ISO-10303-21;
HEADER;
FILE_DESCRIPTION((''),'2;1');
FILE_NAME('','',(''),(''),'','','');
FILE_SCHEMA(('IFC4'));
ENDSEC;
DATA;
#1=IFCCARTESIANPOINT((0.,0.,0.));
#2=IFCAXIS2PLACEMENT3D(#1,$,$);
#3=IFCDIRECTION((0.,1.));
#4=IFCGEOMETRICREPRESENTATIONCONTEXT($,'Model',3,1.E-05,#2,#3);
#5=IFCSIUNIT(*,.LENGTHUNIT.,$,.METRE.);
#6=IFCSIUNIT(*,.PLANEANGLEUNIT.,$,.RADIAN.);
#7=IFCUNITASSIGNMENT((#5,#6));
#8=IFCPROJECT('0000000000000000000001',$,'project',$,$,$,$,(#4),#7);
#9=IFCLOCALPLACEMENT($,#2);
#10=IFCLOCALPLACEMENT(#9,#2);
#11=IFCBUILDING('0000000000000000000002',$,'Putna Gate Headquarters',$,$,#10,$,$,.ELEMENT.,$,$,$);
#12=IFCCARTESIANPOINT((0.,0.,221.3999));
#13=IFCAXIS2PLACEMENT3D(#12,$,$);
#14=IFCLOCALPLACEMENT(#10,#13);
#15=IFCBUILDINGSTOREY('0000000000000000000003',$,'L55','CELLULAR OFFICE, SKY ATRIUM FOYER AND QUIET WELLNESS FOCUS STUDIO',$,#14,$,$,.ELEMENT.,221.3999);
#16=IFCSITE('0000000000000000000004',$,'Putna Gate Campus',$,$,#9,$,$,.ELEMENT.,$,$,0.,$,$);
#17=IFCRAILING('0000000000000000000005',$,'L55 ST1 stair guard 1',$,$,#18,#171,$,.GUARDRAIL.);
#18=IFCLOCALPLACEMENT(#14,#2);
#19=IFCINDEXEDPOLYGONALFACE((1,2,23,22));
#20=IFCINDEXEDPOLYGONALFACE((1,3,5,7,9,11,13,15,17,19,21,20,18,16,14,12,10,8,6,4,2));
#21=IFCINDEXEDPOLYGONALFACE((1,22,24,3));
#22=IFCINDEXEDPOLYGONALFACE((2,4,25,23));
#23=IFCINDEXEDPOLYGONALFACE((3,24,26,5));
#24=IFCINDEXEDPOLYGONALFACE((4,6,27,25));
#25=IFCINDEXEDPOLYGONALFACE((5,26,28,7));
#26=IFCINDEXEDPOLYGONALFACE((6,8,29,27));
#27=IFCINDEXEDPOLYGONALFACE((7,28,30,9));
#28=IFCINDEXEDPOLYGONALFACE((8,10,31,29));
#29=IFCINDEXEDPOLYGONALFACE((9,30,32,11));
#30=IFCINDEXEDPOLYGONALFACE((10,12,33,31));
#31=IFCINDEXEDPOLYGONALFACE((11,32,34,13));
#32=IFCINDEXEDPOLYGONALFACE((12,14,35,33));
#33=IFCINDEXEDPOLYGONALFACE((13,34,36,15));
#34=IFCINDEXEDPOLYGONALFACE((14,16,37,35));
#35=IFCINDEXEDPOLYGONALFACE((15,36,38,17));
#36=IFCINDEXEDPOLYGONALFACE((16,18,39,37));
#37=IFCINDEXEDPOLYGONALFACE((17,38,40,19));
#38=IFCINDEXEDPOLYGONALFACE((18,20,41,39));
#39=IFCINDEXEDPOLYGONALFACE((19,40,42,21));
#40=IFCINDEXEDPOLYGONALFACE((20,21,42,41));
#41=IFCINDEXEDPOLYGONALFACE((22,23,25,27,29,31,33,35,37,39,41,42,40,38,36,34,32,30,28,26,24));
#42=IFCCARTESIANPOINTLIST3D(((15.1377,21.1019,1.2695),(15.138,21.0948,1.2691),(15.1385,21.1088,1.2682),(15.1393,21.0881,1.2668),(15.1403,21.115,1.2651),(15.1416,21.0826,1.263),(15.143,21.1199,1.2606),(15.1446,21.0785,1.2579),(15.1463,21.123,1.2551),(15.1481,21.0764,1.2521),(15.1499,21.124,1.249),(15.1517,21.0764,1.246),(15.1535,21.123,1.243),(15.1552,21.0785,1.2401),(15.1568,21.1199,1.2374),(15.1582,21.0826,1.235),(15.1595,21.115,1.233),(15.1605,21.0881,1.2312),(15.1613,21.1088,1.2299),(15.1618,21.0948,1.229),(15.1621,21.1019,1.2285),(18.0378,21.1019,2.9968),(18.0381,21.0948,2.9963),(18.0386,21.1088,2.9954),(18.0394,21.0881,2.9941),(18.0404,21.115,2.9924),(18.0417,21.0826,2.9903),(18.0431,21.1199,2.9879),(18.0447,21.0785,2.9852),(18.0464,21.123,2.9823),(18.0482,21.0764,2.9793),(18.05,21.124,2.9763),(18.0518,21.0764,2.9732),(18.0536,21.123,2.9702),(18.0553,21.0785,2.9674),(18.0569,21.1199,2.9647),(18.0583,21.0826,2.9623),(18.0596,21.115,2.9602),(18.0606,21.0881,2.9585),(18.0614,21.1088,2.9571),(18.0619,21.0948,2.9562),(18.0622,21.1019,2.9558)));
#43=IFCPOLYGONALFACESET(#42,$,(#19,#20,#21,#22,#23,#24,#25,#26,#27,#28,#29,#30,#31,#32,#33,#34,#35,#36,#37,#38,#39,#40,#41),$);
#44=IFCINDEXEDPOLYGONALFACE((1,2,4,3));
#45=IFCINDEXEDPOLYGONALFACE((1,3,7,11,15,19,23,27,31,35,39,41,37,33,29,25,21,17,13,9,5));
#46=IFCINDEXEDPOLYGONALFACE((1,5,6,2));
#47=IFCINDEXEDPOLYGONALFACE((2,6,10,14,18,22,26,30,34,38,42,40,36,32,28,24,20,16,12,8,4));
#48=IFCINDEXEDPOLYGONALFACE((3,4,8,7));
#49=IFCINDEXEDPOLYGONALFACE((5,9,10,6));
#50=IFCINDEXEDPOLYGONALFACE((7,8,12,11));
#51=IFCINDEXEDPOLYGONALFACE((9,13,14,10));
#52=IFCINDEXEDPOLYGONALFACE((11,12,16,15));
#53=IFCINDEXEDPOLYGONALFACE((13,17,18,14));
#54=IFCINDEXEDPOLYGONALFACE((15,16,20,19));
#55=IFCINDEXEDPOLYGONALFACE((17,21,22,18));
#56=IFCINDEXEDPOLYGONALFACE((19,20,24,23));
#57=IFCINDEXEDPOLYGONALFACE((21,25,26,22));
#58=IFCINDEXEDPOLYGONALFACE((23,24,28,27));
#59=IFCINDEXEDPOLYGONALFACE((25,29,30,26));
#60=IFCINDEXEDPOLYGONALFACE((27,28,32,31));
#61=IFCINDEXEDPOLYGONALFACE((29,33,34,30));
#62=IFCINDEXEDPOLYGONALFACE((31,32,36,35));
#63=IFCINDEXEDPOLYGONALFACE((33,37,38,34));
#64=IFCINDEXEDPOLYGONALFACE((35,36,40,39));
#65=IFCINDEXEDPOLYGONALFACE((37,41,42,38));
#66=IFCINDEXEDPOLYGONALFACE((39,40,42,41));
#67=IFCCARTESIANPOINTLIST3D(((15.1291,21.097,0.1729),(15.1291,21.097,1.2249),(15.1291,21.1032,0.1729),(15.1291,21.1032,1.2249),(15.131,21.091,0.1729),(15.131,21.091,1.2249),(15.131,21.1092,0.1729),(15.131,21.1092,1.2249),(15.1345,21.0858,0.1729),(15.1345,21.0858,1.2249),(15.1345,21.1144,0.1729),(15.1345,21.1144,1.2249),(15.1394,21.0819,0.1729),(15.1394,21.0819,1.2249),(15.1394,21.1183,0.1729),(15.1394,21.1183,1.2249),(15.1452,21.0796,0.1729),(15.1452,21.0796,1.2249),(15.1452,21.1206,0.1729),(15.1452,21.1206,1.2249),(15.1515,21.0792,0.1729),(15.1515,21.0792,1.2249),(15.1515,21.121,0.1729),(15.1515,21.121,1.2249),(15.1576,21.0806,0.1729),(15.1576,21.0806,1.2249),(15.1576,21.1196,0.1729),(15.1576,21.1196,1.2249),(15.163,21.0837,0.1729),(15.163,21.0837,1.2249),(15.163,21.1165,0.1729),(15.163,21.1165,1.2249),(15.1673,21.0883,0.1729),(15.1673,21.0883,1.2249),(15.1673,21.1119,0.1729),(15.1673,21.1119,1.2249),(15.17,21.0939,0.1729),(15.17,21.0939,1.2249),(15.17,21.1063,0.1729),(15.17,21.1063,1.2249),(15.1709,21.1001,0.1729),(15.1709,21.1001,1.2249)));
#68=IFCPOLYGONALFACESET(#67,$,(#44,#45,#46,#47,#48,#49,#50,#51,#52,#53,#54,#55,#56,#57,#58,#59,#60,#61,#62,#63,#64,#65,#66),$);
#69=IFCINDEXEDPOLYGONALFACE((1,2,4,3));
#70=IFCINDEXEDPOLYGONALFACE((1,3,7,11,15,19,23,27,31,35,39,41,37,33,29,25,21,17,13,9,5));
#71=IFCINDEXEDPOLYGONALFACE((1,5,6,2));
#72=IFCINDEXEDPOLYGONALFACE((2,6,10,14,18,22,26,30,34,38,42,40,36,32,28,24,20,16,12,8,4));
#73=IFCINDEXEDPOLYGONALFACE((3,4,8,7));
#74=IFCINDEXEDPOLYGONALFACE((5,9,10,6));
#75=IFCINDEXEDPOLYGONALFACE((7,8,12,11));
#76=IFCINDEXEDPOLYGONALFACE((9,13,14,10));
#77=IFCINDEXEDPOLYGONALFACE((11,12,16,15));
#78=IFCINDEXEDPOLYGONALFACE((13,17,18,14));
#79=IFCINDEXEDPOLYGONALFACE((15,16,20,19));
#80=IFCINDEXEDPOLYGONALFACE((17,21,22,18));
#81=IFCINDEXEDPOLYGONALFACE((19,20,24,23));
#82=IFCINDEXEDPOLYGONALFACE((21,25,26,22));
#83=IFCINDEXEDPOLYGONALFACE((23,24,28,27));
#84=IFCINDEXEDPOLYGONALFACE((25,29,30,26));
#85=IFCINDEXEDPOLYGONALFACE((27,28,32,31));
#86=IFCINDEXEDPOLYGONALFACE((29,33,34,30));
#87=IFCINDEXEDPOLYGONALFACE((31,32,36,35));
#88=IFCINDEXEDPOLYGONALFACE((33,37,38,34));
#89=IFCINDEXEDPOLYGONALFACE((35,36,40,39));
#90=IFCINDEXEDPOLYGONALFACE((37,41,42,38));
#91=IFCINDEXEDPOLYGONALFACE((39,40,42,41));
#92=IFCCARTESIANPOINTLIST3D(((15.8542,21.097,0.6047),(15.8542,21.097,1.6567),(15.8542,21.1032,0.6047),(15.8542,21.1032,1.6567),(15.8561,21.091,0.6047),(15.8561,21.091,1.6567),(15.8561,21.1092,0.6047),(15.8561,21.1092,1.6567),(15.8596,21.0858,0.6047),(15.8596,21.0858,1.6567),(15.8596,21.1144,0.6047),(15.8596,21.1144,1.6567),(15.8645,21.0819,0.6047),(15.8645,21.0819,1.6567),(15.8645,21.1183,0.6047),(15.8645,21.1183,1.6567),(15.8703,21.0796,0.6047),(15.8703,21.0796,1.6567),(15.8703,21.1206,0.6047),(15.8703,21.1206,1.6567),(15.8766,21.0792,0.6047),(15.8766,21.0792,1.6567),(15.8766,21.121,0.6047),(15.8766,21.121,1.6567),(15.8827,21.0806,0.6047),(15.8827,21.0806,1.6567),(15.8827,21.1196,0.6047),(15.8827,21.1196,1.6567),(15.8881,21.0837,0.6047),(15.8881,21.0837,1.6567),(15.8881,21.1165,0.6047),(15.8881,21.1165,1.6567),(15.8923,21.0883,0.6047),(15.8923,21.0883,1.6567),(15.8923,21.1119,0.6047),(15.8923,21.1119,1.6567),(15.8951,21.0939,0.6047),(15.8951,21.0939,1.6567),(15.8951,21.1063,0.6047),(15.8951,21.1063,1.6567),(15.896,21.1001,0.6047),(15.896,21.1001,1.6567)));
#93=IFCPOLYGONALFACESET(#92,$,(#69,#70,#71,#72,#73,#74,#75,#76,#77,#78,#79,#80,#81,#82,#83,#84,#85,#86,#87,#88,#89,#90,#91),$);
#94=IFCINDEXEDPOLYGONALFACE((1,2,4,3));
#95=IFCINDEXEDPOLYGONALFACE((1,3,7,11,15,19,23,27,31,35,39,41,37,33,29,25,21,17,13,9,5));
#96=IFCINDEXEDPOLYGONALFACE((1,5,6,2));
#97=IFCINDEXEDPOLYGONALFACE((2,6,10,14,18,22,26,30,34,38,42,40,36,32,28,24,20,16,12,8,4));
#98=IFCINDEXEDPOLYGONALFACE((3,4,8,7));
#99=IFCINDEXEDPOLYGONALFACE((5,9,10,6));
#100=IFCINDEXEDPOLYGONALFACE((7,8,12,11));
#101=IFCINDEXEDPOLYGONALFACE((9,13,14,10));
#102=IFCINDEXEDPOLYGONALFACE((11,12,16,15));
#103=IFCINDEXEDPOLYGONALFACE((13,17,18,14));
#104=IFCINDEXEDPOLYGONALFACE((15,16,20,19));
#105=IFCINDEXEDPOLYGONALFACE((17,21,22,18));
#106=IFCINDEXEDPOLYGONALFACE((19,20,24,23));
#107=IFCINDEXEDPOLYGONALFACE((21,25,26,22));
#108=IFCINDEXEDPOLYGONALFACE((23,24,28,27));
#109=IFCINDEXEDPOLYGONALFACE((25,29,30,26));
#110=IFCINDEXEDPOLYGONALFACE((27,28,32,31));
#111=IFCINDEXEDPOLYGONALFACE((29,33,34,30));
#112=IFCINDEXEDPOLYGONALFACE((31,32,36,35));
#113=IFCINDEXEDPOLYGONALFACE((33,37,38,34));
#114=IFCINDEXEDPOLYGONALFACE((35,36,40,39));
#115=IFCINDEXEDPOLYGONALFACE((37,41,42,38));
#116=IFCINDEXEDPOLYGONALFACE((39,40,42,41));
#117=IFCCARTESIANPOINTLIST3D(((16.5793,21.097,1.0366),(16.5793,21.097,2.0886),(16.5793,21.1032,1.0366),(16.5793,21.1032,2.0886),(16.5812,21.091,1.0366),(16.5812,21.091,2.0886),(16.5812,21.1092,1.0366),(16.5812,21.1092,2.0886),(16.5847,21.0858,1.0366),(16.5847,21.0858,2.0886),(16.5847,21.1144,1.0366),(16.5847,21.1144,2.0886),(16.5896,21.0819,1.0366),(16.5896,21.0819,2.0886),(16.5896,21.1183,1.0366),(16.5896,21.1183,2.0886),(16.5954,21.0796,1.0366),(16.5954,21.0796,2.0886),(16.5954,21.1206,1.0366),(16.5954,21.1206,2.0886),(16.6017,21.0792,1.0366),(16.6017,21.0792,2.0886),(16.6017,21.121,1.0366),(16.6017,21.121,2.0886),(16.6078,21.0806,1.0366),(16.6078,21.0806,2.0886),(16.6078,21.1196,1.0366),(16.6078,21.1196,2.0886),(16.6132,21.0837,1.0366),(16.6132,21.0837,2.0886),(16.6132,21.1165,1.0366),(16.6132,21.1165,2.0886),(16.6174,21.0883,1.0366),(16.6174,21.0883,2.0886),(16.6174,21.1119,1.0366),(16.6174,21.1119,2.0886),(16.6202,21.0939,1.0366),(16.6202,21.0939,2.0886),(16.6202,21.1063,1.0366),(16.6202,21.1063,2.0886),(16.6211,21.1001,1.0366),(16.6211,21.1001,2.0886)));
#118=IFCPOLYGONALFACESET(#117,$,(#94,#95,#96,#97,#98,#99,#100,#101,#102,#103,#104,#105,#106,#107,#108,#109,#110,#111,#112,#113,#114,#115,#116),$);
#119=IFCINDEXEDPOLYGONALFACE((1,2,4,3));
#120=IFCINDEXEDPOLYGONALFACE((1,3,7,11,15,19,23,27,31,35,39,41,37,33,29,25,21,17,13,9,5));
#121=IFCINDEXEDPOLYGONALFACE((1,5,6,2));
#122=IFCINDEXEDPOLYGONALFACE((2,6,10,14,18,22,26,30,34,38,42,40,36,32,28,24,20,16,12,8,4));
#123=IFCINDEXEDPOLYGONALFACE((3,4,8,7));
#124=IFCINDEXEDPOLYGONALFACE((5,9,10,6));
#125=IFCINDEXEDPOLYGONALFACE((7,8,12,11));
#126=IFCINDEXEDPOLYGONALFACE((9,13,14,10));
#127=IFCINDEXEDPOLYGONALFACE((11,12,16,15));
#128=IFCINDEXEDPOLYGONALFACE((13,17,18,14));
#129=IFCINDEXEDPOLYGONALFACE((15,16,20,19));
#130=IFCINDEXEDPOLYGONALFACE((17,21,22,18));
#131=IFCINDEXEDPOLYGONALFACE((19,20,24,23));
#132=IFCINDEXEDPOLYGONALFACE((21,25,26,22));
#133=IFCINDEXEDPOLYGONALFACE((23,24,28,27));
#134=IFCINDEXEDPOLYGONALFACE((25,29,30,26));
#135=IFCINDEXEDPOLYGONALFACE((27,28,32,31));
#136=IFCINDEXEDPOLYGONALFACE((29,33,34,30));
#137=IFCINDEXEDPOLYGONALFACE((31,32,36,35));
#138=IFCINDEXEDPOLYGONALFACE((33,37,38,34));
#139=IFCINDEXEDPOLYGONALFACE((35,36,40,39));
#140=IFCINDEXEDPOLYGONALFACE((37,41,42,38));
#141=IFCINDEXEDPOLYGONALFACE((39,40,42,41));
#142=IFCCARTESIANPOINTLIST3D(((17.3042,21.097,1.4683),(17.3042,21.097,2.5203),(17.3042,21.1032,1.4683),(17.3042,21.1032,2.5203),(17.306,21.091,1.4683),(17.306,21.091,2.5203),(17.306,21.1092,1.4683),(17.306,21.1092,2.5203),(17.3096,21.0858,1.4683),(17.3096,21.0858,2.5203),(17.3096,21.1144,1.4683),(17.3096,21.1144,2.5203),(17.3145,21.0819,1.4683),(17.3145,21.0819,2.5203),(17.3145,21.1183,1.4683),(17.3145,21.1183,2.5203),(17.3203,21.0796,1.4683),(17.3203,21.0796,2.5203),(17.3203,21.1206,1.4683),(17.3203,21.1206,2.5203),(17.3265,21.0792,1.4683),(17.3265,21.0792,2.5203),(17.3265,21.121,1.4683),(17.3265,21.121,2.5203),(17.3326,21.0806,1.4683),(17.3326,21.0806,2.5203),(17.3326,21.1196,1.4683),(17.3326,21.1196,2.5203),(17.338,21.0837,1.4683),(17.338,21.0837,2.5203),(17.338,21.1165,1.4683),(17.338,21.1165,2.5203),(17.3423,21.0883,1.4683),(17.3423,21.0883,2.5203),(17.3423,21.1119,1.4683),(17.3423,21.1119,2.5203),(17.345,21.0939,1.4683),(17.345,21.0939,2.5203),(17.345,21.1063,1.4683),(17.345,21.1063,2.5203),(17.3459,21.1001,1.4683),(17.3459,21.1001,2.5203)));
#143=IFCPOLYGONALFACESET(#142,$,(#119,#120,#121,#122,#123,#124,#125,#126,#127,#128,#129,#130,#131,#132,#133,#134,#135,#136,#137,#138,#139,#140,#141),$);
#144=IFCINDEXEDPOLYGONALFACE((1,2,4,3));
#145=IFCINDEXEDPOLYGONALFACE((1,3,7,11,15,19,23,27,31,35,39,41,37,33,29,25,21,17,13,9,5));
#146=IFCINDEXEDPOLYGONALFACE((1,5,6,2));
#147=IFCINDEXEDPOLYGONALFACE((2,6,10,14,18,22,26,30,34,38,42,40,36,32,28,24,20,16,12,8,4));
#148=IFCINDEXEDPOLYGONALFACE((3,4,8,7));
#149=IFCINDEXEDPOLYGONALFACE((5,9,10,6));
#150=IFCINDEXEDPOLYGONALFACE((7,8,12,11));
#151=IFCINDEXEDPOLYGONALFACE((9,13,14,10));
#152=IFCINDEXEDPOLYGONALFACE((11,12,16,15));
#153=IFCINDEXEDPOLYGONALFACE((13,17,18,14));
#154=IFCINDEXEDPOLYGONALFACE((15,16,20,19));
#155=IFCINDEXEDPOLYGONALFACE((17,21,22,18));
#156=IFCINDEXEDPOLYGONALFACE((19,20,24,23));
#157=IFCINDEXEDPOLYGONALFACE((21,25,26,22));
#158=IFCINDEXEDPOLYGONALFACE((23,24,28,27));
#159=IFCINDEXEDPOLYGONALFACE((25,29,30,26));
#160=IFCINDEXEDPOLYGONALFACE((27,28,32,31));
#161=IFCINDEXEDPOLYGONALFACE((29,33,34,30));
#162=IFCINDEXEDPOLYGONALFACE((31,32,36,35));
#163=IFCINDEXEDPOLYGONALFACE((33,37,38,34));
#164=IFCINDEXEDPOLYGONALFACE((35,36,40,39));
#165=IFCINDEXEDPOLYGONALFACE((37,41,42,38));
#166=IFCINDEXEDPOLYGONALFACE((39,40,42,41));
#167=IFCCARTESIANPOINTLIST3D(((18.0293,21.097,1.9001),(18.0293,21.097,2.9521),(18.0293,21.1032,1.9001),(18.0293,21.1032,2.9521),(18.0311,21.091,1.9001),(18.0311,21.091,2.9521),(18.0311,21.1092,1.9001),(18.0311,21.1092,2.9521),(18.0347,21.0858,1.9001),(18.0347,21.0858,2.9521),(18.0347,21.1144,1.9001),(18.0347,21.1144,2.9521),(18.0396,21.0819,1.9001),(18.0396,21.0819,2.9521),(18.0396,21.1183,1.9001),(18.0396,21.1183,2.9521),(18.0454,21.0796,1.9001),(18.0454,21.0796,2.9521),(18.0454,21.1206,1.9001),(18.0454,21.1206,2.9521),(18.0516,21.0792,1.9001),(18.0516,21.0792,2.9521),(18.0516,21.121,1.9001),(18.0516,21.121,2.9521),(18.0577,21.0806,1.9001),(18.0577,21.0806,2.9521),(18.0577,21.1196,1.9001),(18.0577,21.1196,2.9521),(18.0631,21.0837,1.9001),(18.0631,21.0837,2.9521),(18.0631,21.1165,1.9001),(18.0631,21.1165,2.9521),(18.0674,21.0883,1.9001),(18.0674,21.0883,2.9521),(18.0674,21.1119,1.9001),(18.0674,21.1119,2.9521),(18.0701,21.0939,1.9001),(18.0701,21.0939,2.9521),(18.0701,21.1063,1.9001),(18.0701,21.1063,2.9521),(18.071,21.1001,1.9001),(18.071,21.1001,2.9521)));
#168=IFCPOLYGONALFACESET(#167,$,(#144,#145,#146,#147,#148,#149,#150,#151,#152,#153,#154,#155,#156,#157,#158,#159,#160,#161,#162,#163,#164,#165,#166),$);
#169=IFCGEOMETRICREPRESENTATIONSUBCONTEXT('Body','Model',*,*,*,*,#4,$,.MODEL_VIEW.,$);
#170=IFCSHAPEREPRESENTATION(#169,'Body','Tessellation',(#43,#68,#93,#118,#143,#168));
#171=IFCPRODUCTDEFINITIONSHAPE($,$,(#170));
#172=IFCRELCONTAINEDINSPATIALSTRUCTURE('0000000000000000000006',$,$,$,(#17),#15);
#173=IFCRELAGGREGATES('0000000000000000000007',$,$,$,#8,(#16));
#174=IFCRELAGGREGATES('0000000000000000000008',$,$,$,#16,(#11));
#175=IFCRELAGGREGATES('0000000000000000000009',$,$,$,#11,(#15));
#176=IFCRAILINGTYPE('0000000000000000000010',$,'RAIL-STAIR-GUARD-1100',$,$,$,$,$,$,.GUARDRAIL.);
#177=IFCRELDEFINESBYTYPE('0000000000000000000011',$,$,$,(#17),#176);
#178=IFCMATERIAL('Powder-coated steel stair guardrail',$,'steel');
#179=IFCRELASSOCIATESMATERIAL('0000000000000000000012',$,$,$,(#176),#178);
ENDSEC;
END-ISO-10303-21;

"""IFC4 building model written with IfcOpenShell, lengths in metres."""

from ifc_helpers import new_model, si_unit, direction, frame, origin, origin_2d, place, context, subcontext, project, spatial, circle, extrude, material, type_object, element, save


model = new_model("IFC4")

# Units and contexts
model_context = context("Model", 3, precision=1e-05, world=origin(), true_north=direction((0.0, 1.0)))
body_context = subcontext(model_context, "Body", "Model", "MODEL_VIEW")
ifc_project = project(units=[si_unit("LENGTHUNIT", "METRE"), si_unit("PLANEANGLEUNIT", "RADIAN")], contexts=[model_context])

# Site, building, storey
site_placement = place(None, origin())
site = spatial("IfcSite", under=ifc_project, at=site_placement, Name="Putna Gate Campus", CompositionType="ELEMENT", RefElevation=0.0)
building_placement = place(site_placement, origin())
building = spatial("IfcBuilding", under=site, at=building_placement, Name="Putna Gate Headquarters", CompositionType="ELEMENT")
storey_placement = place(building_placement, frame((0.0, 0.0, 221.3999)))
storey = spatial("IfcBuildingStorey", under=building, at=storey_placement, Name="L55", Description="CELLULAR OFFICE, SKY ATRIUM FOYER AND QUIET WELLNESS FOCUS STUDIO", CompositionType="ELEMENT", Elevation=221.3999)

# Railing
ifc_material_1 = material(Name="Powder-coated steel stair guardrail", Category="steel")
railing_type_1 = type_object("IfcRailingType", Name="RAIL-STAIR-GUARD-1100", PredefinedType="GUARDRAIL", material=ifc_material_1)
railing_1_placement = place(storey_placement, frame((15.1499, 21.1001, 0.1729)))
element("IfcRailing", 1, at=railing_1_placement, inside=storey, type_object=railing_type_1, Name="L55 ST1 stair guard 1", PredefinedType="GUARDRAIL", context=body_context, shape_type="SweptSolid", body=[
    extrude(circle(Radius=0.0239, at=origin_2d()), frame((0.0, 0.0, 1.0762), z_axis=(0.85916, 0.0, 0.511706), x_axis=(0.0, 1.0, 0.0)), (0.0, 0.0, 1.0), 3.3755),
    extrude(circle(Radius=0.021, at=origin_2d()), origin(), (0.0, 0.0, 1.0), 1.052),
    extrude(circle(Radius=0.021, at=origin_2d()), frame((0.7251, 0.0, 0.4319)), (0.0, 0.0, 1.0), 1.052),
    extrude(circle(Radius=0.021, at=origin_2d()), frame((1.4502, 0.0, 0.8638)), (0.0, 0.0, 1.0), 1.052),
    extrude(circle(Radius=0.021, at=origin_2d()), frame((2.175, 0.0, 1.2954)), (0.0, 0.0, 1.0), 1.052),
    extrude(circle(Radius=0.021, at=origin_2d()), frame((2.9001, 0.0, 1.7273)), (0.0, 0.0, 1.0), 1.052),
])

save(model, "model.ifc")
